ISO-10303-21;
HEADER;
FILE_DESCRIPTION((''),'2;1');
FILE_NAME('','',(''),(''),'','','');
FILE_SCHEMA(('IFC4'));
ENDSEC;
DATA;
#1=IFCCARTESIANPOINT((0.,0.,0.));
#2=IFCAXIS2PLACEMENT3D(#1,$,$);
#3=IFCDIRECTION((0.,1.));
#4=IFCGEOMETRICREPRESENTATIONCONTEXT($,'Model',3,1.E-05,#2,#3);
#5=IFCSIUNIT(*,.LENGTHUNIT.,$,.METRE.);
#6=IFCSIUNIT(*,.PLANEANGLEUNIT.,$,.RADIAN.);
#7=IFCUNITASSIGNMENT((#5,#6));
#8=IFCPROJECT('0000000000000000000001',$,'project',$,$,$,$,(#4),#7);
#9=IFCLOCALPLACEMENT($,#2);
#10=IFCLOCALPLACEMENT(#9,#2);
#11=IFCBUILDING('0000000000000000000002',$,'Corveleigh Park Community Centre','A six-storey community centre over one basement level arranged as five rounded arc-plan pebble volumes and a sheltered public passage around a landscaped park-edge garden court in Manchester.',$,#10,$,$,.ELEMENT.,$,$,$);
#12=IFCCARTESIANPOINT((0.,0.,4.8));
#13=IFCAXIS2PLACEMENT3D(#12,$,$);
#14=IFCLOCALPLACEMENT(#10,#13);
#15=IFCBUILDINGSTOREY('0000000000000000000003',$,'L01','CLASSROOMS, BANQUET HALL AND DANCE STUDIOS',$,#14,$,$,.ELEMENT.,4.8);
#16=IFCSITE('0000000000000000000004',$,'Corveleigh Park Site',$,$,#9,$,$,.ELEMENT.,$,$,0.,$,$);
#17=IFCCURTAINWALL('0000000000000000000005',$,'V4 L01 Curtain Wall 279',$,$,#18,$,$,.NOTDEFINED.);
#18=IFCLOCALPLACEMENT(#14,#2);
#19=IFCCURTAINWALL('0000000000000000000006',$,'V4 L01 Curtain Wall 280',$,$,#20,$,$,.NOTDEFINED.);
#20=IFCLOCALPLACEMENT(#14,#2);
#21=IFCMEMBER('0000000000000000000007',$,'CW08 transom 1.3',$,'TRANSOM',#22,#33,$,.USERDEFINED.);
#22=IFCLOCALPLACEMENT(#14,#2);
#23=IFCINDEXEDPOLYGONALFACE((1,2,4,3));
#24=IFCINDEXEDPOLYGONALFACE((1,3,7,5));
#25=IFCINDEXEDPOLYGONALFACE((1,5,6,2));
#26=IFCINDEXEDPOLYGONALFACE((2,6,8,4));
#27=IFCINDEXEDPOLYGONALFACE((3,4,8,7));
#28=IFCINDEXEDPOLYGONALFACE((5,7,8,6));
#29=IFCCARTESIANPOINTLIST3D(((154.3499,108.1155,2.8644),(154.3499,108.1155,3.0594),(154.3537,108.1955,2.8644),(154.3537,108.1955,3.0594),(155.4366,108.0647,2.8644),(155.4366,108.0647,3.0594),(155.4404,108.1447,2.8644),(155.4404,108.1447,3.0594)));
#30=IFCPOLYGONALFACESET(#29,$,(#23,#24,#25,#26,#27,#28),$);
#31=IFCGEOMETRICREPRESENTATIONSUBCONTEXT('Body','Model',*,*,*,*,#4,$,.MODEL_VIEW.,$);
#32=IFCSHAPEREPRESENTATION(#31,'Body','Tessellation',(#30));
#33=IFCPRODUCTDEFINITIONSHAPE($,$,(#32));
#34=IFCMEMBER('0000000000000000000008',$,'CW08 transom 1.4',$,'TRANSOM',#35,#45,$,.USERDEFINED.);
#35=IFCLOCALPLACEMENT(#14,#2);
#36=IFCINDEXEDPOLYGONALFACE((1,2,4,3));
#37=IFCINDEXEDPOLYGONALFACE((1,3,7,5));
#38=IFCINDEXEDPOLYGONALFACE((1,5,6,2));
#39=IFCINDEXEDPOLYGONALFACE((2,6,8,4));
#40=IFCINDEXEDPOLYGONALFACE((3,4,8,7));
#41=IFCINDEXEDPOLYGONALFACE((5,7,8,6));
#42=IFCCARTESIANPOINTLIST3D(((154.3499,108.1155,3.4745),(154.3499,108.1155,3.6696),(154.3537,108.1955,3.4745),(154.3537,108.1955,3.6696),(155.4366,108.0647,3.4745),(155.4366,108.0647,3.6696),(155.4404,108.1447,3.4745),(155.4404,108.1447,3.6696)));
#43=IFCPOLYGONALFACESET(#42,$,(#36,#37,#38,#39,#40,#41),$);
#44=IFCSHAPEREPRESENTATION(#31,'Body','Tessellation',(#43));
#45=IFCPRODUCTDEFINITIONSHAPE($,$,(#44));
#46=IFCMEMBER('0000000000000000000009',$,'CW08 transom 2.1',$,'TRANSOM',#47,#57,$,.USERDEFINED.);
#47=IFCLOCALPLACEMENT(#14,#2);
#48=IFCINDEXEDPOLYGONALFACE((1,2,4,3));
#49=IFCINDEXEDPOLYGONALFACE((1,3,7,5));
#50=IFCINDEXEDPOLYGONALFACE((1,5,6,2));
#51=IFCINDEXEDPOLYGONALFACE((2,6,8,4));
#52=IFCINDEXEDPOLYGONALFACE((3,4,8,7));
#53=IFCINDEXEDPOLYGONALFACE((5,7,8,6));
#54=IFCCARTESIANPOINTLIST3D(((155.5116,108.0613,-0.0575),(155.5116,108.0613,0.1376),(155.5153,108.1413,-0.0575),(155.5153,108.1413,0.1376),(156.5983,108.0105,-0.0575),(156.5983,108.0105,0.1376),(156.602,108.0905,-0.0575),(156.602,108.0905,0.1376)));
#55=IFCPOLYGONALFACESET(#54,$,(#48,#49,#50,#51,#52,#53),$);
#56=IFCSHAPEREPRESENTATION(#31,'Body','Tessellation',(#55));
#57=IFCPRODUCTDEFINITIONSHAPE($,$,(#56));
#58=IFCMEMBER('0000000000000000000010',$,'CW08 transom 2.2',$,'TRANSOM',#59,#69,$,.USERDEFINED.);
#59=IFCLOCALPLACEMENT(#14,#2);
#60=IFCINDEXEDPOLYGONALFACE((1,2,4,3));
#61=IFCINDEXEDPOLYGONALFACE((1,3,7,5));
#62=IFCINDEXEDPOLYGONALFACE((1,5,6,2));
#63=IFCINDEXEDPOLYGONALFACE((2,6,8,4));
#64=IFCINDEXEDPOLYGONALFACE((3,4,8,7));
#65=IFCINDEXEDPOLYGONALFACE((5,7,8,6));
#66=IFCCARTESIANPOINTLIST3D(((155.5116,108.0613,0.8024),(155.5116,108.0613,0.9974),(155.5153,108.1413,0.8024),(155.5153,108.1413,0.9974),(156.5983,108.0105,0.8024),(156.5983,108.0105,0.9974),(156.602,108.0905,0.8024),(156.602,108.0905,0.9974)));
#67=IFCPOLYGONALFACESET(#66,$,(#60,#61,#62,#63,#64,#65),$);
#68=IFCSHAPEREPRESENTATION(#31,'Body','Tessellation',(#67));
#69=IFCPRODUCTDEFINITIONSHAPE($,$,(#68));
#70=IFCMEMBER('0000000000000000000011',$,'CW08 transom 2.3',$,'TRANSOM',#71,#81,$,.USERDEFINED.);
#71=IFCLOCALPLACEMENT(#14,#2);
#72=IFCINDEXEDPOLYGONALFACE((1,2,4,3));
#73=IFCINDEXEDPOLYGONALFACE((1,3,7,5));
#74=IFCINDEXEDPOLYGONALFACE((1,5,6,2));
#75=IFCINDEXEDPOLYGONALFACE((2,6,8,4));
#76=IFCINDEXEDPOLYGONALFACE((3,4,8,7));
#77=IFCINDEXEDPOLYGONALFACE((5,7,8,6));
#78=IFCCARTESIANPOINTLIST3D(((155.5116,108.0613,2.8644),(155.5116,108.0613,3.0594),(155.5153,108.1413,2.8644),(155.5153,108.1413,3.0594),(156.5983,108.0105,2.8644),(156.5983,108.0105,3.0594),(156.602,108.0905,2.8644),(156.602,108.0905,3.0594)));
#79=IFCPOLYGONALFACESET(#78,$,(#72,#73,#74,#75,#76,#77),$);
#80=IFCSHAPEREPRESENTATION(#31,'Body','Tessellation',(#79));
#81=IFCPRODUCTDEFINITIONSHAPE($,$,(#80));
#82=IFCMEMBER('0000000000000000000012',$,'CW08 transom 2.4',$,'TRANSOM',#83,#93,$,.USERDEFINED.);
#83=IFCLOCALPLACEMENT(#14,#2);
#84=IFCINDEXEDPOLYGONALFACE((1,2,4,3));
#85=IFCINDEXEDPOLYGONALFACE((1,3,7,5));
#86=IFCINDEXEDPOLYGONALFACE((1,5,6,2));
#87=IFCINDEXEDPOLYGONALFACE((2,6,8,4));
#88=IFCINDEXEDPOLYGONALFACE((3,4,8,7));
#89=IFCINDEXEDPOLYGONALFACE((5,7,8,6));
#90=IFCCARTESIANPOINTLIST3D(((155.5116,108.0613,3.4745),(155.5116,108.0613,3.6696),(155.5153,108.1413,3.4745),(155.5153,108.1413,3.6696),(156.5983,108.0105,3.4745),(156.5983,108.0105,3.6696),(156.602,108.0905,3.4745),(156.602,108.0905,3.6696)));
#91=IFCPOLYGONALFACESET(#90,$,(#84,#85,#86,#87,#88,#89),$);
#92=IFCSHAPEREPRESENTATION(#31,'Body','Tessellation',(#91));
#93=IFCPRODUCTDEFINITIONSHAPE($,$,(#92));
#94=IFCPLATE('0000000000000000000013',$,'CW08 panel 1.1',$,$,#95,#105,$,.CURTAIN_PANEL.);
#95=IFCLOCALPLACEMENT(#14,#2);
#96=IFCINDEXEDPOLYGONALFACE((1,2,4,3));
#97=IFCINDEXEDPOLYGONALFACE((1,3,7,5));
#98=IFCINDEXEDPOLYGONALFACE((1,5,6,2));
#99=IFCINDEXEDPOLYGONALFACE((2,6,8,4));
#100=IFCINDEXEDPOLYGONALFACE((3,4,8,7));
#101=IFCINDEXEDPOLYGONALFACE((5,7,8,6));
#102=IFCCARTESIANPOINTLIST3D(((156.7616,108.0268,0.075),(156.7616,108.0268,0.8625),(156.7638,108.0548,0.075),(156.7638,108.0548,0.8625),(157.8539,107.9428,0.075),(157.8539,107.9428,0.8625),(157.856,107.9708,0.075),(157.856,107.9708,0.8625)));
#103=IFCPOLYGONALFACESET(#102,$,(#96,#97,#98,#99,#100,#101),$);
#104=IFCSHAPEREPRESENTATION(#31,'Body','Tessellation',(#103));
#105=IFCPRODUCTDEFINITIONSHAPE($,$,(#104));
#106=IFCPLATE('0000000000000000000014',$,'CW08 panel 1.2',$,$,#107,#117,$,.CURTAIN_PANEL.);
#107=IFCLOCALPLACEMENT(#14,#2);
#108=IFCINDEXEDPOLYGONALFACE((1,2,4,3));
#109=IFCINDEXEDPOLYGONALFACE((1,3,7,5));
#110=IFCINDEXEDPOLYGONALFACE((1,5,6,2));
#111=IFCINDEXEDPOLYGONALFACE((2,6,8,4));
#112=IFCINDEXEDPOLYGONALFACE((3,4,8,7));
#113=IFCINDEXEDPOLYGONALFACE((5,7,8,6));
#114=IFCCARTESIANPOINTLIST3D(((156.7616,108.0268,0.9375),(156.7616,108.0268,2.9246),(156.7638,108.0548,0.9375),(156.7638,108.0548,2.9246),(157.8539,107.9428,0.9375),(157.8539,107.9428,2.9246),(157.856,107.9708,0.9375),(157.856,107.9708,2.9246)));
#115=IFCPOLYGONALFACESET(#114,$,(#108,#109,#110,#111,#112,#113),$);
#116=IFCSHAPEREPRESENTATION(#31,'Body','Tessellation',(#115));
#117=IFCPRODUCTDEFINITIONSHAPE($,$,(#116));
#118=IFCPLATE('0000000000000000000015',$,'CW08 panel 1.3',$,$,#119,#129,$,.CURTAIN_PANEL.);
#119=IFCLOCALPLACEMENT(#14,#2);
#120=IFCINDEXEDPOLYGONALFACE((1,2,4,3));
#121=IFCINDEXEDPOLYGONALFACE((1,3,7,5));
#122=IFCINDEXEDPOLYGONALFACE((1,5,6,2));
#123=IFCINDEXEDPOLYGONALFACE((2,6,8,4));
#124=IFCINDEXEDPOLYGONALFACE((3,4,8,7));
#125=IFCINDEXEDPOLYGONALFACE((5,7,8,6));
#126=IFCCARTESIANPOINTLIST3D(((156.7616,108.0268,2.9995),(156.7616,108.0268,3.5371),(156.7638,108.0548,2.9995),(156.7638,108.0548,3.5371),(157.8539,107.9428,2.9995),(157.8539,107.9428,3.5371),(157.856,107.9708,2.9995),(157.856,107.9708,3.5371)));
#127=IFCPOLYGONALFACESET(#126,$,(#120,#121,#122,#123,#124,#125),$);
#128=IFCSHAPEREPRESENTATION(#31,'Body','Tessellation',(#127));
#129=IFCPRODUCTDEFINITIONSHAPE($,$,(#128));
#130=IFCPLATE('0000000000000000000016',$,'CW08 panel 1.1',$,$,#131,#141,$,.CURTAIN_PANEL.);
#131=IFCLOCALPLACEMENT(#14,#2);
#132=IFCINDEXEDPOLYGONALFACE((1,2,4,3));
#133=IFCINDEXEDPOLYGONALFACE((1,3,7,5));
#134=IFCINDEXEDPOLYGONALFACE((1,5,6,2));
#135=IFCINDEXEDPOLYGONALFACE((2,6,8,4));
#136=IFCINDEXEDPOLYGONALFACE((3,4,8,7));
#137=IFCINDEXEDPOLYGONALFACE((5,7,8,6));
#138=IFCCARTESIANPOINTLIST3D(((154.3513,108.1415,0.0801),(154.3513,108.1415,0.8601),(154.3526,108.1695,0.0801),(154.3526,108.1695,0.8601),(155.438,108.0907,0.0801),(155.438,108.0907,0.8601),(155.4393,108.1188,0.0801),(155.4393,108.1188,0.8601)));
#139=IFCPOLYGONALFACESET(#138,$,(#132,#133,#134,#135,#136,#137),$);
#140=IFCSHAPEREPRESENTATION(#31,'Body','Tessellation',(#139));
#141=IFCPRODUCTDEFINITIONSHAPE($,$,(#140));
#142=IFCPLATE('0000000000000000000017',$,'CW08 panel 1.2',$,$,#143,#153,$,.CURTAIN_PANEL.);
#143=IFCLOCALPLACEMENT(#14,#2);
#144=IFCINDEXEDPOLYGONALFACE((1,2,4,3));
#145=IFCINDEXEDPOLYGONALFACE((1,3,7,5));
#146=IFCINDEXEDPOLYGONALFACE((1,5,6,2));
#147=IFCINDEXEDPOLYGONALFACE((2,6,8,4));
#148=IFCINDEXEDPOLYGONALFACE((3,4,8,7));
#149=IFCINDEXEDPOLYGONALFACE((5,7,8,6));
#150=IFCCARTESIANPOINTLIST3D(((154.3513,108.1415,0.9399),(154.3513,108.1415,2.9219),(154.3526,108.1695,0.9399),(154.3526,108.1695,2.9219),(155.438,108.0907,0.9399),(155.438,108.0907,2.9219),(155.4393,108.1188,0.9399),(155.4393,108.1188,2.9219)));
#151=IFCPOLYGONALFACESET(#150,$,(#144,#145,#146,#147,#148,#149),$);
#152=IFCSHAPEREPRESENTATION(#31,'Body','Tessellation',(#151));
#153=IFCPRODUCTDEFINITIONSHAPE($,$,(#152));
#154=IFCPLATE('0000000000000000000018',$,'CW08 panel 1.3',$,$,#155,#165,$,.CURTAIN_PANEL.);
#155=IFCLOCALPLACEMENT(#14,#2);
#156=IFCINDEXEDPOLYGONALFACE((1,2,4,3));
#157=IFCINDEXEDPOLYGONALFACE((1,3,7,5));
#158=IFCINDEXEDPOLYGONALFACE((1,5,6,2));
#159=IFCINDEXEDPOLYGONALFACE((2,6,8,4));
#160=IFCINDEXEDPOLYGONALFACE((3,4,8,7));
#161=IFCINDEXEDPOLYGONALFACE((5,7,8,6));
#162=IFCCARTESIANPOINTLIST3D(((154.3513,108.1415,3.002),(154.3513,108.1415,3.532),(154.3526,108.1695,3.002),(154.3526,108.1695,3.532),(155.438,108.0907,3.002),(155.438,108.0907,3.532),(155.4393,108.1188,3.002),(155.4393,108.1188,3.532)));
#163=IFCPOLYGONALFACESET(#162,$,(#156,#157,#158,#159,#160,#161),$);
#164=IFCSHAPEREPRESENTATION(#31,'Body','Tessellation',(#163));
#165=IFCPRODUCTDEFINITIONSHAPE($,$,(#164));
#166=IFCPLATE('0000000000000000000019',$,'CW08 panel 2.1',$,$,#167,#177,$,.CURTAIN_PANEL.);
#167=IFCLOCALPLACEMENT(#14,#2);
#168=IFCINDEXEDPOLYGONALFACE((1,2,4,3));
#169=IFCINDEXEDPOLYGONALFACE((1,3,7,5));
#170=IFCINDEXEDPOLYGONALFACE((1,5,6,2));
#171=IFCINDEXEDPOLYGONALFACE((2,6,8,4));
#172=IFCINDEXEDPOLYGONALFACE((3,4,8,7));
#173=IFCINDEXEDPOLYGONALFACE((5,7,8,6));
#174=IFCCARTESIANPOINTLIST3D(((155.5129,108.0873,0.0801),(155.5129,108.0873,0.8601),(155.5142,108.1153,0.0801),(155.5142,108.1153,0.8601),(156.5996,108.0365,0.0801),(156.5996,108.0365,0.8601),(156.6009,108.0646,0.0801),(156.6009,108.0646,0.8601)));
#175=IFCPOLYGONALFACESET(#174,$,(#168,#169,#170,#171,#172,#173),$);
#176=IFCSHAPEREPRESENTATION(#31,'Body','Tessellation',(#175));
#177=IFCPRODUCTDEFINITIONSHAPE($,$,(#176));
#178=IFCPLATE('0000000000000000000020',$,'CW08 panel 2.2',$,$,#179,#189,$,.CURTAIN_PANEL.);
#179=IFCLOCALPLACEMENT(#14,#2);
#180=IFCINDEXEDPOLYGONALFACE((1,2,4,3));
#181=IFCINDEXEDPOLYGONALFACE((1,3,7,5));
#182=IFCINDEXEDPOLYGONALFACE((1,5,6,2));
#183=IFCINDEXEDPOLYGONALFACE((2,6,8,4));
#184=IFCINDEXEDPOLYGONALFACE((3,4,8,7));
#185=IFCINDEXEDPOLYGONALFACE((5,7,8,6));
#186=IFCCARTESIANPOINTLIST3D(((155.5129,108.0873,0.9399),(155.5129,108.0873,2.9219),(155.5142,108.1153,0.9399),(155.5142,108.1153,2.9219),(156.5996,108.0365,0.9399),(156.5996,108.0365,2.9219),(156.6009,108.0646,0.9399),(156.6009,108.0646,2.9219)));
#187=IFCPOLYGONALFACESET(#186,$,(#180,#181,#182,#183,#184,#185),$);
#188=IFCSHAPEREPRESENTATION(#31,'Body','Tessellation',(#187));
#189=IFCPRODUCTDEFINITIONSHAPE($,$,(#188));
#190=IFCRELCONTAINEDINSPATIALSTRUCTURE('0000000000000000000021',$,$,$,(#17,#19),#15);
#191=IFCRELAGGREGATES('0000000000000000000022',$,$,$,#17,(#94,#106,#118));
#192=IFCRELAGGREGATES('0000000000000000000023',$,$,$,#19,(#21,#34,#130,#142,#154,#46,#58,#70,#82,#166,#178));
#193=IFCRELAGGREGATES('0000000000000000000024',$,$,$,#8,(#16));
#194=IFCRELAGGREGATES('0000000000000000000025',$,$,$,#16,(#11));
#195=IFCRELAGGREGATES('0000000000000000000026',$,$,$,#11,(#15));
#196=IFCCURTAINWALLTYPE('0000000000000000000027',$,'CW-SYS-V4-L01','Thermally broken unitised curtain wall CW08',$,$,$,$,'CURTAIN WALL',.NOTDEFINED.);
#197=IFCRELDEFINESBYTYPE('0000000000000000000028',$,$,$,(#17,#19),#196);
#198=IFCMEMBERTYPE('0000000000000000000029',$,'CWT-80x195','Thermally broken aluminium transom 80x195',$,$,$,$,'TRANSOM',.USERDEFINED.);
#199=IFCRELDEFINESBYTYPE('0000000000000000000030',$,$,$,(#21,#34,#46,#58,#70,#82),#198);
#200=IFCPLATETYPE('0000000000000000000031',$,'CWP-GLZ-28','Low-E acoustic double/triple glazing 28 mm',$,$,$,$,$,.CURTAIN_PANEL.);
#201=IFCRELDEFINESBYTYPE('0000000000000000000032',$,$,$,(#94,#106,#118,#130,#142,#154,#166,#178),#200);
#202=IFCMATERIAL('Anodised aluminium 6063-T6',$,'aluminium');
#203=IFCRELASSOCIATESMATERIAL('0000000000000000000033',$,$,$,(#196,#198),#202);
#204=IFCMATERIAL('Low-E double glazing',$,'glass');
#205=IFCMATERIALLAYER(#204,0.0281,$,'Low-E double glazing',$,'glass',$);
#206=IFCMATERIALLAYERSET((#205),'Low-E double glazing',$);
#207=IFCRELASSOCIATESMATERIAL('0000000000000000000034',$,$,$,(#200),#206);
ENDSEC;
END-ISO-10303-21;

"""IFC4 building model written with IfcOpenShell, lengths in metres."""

from ifc_helpers import new_model, si_unit, direction, frame, origin, origin_2d, place, context, subcontext, project, spatial, rectangle, extrude, material, layer, layer_set, material_profile, profile_set, type_object, element, aggregate, save


model = new_model("IFC4")

# Units and contexts
model_context = context("Model", 3, precision=1e-05, world=origin(), true_north=direction((0.0, 1.0)))
body_context = subcontext(model_context, "Body", "Model", "MODEL_VIEW")
ifc_project = project(units=[si_unit("LENGTHUNIT", "METRE"), si_unit("PLANEANGLEUNIT", "RADIAN")], contexts=[model_context])

# Site, building, storey
site_placement = place(None, origin())
site = spatial("IfcSite", under=ifc_project, at=site_placement, Name="Corveleigh Park Site", CompositionType="ELEMENT", RefElevation=0.0)
building_placement = place(site_placement, origin())
building = spatial("IfcBuilding", under=site, at=building_placement, Name="Corveleigh Park Community Centre", Description="A six-storey community centre over one basement level arranged as five rounded arc-plan pebble volumes and a sheltered public passage around a landscaped park-edge garden court in Manchester.", CompositionType="ELEMENT")
storey_placement = place(building_placement, frame((0.0, 0.0, 4.8)))
storey = spatial("IfcBuildingStorey", under=building, at=storey_placement, Name="L01", Description="CLASSROOMS, BANQUET HALL AND DANCE STUDIOS", CompositionType="ELEMENT", Elevation=4.8)

# Curtain walls
ifc_material_1 = material(Name="Anodised aluminium 6063-T6", Category="aluminium")
curtain_wall_type = type_object("IfcCurtainWallType", Name="CW-SYS-V4-L01", Description="Thermally broken unitised curtain wall CW08", ElementType="CURTAIN WALL", PredefinedType="NOTDEFINED", material=ifc_material_1)
curtain_wall_1_placement = place(storey_placement, origin())
curtain_wall_1 = element("IfcCurtainWall", 1, at=curtain_wall_1_placement, inside=storey, type_object=curtain_wall_type, Name="V4 L01 Curtain Wall 279", PredefinedType="NOTDEFINED")
curtain_wall_2_placement = place(storey_placement, origin())
curtain_wall_2 = element("IfcCurtainWall", 2, at=curtain_wall_2_placement, inside=storey, type_object=curtain_wall_type, Name="V4 L01 Curtain Wall 280", PredefinedType="NOTDEFINED")

# Members
ifc_material_profile_1 = material_profile(ifc_material_1, rectangle(XDim=0.0801, YDim=0.1951, at=origin_2d()), Name="ALU-T80x195", Category="aluminium")
ifc_profile_set_1 = profile_set([ifc_material_profile_1], Name="Anodised aluminium 6063-T6")
member_type_1 = type_object("IfcMemberType", Name="CWT-80x195", Description="Thermally broken aluminium transom 80x195", ElementType="TRANSOM", PredefinedType="USERDEFINED", material=ifc_profile_set_1)
member_1_placement = place(storey_placement, frame((154.3518, 108.1555, 2.9619), z_axis=(0.99891, -0.04668, 0.0), x_axis=(0.04668, 0.99891, 0.0)))
member_1 = element("IfcMember", 3, at=member_1_placement, type_object=member_type_1, Name="CW08 transom 1.3", ObjectType="TRANSOM", PredefinedType="USERDEFINED", context=body_context, shape_type="SweptSolid", body=[
    extrude(rectangle(XDim=0.0801, YDim=0.1951, at=origin_2d()), origin(), (0.0, 0.0, 1.0), 1.0879),
])
member_2_placement = place(storey_placement, frame((154.3518, 108.1555, 3.572), z_axis=(0.99891, -0.04668, 0.0), x_axis=(0.04668, 0.99891, 0.0)))
member_2 = element("IfcMember", 4, at=member_2_placement, type_object=member_type_1, Name="CW08 transom 1.4", ObjectType="TRANSOM", PredefinedType="USERDEFINED", context=body_context, shape_type="SweptSolid", body=[
    extrude(rectangle(XDim=0.0801, YDim=0.1951, at=origin_2d()), origin(), (0.0, 0.0, 1.0), 1.0879),
])
member_3_placement = place(storey_placement, frame((155.5134, 108.1013, 0.04), z_axis=(0.99891, -0.04668, 0.0), x_axis=(0.04668, 0.99891, 0.0)))
member_3 = element("IfcMember", 5, at=member_3_placement, type_object=member_type_1, Name="CW08 transom 2.1", ObjectType="TRANSOM", PredefinedType="USERDEFINED", context=body_context, shape_type="SweptSolid", body=[
    extrude(rectangle(XDim=0.0801, YDim=0.1951, at=origin_2d()), origin(), (0.0, 0.0, 1.0), 1.0879),
])
member_4_placement = place(storey_placement, frame((155.5134, 108.1013, 0.8999), z_axis=(0.99891, -0.04668, 0.0), x_axis=(0.04668, 0.99891, 0.0)))
member_4 = element("IfcMember", 6, at=member_4_placement, type_object=member_type_1, Name="CW08 transom 2.2", ObjectType="TRANSOM", PredefinedType="USERDEFINED", context=body_context, shape_type="SweptSolid", body=[
    extrude(rectangle(XDim=0.0801, YDim=0.1951, at=origin_2d()), origin(), (0.0, 0.0, 1.0), 1.0879),
])
member_5_placement = place(storey_placement, frame((155.5134, 108.1013, 2.9619), z_axis=(0.99891, -0.04668, 0.0), x_axis=(0.04668, 0.99891, 0.0)))
member_5 = element("IfcMember", 7, at=member_5_placement, type_object=member_type_1, Name="CW08 transom 2.3", ObjectType="TRANSOM", PredefinedType="USERDEFINED", context=body_context, shape_type="SweptSolid", body=[
    extrude(rectangle(XDim=0.0801, YDim=0.1951, at=origin_2d()), origin(), (0.0, 0.0, 1.0), 1.0879),
])
member_6_placement = place(storey_placement, frame((155.5134, 108.1013, 3.572), z_axis=(0.99891, -0.04668, 0.0), x_axis=(0.04668, 0.99891, 0.0)))
member_6 = element("IfcMember", 8, at=member_6_placement, type_object=member_type_1, Name="CW08 transom 2.4", ObjectType="TRANSOM", PredefinedType="USERDEFINED", context=body_context, shape_type="SweptSolid", body=[
    extrude(rectangle(XDim=0.0801, YDim=0.1951, at=origin_2d()), origin(), (0.0, 0.0, 1.0), 1.0879),
])

# Plates
ifc_material_2 = material(Name="Low-E double glazing", Category="glass")
ifc_layer = layer(ifc_material_2, 0.0281, Name="Low-E double glazing", Category="glass")
ifc_layer_set = layer_set([ifc_layer], Name="Low-E double glazing")
plate_type = type_object("IfcPlateType", Name="CWP-GLZ-28", Description="Low-E acoustic double/triple glazing 28 mm", PredefinedType="CURTAIN_PANEL", material=ifc_layer_set)
plate_1_placement = place(storey_placement, frame((157.3088, 107.9988, 0.075), z_axis=(0.0, 0.0, 1.0), x_axis=(0.997059, -0.076633, 0.0)))
plate_1 = element("IfcPlate", 9, at=plate_1_placement, type_object=plate_type, Name="CW08 panel 1.1", PredefinedType="CURTAIN_PANEL", context=body_context, shape_type="SweptSolid", body=[
    extrude(rectangle(XDim=1.0955, YDim=0.0281, at=origin_2d()), origin(), (0.0, 0.0, 1.0), 0.7876),
])
plate_2_placement = place(storey_placement, frame((157.3088, 107.9988, 0.9375), z_axis=(0.0, 0.0, 1.0), x_axis=(0.997059, -0.076633, 0.0)))
plate_2 = element("IfcPlate", 10, at=plate_2_placement, type_object=plate_type, Name="CW08 panel 1.2", PredefinedType="CURTAIN_PANEL", context=body_context, shape_type="SweptSolid", body=[
    extrude(rectangle(XDim=1.0955, YDim=0.0281, at=origin_2d()), origin(), (0.0, 0.0, 1.0), 1.9871),
])
plate_3_placement = place(storey_placement, frame((157.3088, 107.9988, 2.9995), z_axis=(0.0, 0.0, 1.0), x_axis=(0.997059, -0.076633, 0.0)))
plate_3 = element("IfcPlate", 11, at=plate_3_placement, type_object=plate_type, Name="CW08 panel 1.3", PredefinedType="CURTAIN_PANEL", context=body_context, shape_type="SweptSolid", body=[
    extrude(rectangle(XDim=1.0955, YDim=0.0281, at=origin_2d()), origin(), (0.0, 0.0, 1.0), 0.5376),
])
aggregate(curtain_wall_1, [plate_1, plate_2, plate_3])
plate_4_placement = place(storey_placement, frame((154.8953, 108.1301, 0.0801), z_axis=(0.0, 0.0, 1.0), x_axis=(0.998911, -0.046655, 0.0)))
plate_4 = element("IfcPlate", 12, at=plate_4_placement, type_object=plate_type, Name="CW08 panel 1.1", PredefinedType="CURTAIN_PANEL", context=body_context, shape_type="SweptSolid", body=[
    extrude(rectangle(XDim=1.0879, YDim=0.0281, at=origin_2d()), origin(), (0.0, 0.0, 1.0), 0.78),
])
plate_5_placement = place(storey_placement, frame((154.8953, 108.1301, 0.9399), z_axis=(0.0, 0.0, 1.0), x_axis=(0.998911, -0.046655, 0.0)))
plate_5 = element("IfcPlate", 13, at=plate_5_placement, type_object=plate_type, Name="CW08 panel 1.2", PredefinedType="CURTAIN_PANEL", context=body_context, shape_type="SweptSolid", body=[
    extrude(rectangle(XDim=1.0879, YDim=0.0281, at=origin_2d()), origin(), (0.0, 0.0, 1.0), 1.9819),
])
plate_6_placement = place(storey_placement, frame((154.8953, 108.1301, 3.002), z_axis=(0.0, 0.0, 1.0), x_axis=(0.998911, -0.046655, 0.0)))
plate_6 = element("IfcPlate", 14, at=plate_6_placement, type_object=plate_type, Name="CW08 panel 1.3", PredefinedType="CURTAIN_PANEL", context=body_context, shape_type="SweptSolid", body=[
    extrude(rectangle(XDim=1.0879, YDim=0.0281, at=origin_2d()), origin(), (0.0, 0.0, 1.0), 0.53),
])
plate_7_placement = place(storey_placement, frame((156.0569, 108.0759, 0.0801), z_axis=(0.0, 0.0, 1.0), x_axis=(0.998911, -0.046655, 0.0)))
plate_7 = element("IfcPlate", 15, at=plate_7_placement, type_object=plate_type, Name="CW08 panel 2.1", PredefinedType="CURTAIN_PANEL", context=body_context, shape_type="SweptSolid", body=[
    extrude(rectangle(XDim=1.0879, YDim=0.0281, at=origin_2d()), origin(), (0.0, 0.0, 1.0), 0.78),
])
plate_8_placement = place(storey_placement, frame((156.0569, 108.0759, 0.9399), z_axis=(0.0, 0.0, 1.0), x_axis=(0.998911, -0.046655, 0.0)))
plate_8 = element("IfcPlate", 16, at=plate_8_placement, type_object=plate_type, Name="CW08 panel 2.2", PredefinedType="CURTAIN_PANEL", context=body_context, shape_type="SweptSolid", body=[
    extrude(rectangle(XDim=1.0879, YDim=0.0281, at=origin_2d()), origin(), (0.0, 0.0, 1.0), 1.9819),
])
aggregate(curtain_wall_2, [member_1, member_2, plate_4, plate_5, plate_6, member_3, member_4, member_5, member_6, plate_7, plate_8])

save(model, "model.ifc")
